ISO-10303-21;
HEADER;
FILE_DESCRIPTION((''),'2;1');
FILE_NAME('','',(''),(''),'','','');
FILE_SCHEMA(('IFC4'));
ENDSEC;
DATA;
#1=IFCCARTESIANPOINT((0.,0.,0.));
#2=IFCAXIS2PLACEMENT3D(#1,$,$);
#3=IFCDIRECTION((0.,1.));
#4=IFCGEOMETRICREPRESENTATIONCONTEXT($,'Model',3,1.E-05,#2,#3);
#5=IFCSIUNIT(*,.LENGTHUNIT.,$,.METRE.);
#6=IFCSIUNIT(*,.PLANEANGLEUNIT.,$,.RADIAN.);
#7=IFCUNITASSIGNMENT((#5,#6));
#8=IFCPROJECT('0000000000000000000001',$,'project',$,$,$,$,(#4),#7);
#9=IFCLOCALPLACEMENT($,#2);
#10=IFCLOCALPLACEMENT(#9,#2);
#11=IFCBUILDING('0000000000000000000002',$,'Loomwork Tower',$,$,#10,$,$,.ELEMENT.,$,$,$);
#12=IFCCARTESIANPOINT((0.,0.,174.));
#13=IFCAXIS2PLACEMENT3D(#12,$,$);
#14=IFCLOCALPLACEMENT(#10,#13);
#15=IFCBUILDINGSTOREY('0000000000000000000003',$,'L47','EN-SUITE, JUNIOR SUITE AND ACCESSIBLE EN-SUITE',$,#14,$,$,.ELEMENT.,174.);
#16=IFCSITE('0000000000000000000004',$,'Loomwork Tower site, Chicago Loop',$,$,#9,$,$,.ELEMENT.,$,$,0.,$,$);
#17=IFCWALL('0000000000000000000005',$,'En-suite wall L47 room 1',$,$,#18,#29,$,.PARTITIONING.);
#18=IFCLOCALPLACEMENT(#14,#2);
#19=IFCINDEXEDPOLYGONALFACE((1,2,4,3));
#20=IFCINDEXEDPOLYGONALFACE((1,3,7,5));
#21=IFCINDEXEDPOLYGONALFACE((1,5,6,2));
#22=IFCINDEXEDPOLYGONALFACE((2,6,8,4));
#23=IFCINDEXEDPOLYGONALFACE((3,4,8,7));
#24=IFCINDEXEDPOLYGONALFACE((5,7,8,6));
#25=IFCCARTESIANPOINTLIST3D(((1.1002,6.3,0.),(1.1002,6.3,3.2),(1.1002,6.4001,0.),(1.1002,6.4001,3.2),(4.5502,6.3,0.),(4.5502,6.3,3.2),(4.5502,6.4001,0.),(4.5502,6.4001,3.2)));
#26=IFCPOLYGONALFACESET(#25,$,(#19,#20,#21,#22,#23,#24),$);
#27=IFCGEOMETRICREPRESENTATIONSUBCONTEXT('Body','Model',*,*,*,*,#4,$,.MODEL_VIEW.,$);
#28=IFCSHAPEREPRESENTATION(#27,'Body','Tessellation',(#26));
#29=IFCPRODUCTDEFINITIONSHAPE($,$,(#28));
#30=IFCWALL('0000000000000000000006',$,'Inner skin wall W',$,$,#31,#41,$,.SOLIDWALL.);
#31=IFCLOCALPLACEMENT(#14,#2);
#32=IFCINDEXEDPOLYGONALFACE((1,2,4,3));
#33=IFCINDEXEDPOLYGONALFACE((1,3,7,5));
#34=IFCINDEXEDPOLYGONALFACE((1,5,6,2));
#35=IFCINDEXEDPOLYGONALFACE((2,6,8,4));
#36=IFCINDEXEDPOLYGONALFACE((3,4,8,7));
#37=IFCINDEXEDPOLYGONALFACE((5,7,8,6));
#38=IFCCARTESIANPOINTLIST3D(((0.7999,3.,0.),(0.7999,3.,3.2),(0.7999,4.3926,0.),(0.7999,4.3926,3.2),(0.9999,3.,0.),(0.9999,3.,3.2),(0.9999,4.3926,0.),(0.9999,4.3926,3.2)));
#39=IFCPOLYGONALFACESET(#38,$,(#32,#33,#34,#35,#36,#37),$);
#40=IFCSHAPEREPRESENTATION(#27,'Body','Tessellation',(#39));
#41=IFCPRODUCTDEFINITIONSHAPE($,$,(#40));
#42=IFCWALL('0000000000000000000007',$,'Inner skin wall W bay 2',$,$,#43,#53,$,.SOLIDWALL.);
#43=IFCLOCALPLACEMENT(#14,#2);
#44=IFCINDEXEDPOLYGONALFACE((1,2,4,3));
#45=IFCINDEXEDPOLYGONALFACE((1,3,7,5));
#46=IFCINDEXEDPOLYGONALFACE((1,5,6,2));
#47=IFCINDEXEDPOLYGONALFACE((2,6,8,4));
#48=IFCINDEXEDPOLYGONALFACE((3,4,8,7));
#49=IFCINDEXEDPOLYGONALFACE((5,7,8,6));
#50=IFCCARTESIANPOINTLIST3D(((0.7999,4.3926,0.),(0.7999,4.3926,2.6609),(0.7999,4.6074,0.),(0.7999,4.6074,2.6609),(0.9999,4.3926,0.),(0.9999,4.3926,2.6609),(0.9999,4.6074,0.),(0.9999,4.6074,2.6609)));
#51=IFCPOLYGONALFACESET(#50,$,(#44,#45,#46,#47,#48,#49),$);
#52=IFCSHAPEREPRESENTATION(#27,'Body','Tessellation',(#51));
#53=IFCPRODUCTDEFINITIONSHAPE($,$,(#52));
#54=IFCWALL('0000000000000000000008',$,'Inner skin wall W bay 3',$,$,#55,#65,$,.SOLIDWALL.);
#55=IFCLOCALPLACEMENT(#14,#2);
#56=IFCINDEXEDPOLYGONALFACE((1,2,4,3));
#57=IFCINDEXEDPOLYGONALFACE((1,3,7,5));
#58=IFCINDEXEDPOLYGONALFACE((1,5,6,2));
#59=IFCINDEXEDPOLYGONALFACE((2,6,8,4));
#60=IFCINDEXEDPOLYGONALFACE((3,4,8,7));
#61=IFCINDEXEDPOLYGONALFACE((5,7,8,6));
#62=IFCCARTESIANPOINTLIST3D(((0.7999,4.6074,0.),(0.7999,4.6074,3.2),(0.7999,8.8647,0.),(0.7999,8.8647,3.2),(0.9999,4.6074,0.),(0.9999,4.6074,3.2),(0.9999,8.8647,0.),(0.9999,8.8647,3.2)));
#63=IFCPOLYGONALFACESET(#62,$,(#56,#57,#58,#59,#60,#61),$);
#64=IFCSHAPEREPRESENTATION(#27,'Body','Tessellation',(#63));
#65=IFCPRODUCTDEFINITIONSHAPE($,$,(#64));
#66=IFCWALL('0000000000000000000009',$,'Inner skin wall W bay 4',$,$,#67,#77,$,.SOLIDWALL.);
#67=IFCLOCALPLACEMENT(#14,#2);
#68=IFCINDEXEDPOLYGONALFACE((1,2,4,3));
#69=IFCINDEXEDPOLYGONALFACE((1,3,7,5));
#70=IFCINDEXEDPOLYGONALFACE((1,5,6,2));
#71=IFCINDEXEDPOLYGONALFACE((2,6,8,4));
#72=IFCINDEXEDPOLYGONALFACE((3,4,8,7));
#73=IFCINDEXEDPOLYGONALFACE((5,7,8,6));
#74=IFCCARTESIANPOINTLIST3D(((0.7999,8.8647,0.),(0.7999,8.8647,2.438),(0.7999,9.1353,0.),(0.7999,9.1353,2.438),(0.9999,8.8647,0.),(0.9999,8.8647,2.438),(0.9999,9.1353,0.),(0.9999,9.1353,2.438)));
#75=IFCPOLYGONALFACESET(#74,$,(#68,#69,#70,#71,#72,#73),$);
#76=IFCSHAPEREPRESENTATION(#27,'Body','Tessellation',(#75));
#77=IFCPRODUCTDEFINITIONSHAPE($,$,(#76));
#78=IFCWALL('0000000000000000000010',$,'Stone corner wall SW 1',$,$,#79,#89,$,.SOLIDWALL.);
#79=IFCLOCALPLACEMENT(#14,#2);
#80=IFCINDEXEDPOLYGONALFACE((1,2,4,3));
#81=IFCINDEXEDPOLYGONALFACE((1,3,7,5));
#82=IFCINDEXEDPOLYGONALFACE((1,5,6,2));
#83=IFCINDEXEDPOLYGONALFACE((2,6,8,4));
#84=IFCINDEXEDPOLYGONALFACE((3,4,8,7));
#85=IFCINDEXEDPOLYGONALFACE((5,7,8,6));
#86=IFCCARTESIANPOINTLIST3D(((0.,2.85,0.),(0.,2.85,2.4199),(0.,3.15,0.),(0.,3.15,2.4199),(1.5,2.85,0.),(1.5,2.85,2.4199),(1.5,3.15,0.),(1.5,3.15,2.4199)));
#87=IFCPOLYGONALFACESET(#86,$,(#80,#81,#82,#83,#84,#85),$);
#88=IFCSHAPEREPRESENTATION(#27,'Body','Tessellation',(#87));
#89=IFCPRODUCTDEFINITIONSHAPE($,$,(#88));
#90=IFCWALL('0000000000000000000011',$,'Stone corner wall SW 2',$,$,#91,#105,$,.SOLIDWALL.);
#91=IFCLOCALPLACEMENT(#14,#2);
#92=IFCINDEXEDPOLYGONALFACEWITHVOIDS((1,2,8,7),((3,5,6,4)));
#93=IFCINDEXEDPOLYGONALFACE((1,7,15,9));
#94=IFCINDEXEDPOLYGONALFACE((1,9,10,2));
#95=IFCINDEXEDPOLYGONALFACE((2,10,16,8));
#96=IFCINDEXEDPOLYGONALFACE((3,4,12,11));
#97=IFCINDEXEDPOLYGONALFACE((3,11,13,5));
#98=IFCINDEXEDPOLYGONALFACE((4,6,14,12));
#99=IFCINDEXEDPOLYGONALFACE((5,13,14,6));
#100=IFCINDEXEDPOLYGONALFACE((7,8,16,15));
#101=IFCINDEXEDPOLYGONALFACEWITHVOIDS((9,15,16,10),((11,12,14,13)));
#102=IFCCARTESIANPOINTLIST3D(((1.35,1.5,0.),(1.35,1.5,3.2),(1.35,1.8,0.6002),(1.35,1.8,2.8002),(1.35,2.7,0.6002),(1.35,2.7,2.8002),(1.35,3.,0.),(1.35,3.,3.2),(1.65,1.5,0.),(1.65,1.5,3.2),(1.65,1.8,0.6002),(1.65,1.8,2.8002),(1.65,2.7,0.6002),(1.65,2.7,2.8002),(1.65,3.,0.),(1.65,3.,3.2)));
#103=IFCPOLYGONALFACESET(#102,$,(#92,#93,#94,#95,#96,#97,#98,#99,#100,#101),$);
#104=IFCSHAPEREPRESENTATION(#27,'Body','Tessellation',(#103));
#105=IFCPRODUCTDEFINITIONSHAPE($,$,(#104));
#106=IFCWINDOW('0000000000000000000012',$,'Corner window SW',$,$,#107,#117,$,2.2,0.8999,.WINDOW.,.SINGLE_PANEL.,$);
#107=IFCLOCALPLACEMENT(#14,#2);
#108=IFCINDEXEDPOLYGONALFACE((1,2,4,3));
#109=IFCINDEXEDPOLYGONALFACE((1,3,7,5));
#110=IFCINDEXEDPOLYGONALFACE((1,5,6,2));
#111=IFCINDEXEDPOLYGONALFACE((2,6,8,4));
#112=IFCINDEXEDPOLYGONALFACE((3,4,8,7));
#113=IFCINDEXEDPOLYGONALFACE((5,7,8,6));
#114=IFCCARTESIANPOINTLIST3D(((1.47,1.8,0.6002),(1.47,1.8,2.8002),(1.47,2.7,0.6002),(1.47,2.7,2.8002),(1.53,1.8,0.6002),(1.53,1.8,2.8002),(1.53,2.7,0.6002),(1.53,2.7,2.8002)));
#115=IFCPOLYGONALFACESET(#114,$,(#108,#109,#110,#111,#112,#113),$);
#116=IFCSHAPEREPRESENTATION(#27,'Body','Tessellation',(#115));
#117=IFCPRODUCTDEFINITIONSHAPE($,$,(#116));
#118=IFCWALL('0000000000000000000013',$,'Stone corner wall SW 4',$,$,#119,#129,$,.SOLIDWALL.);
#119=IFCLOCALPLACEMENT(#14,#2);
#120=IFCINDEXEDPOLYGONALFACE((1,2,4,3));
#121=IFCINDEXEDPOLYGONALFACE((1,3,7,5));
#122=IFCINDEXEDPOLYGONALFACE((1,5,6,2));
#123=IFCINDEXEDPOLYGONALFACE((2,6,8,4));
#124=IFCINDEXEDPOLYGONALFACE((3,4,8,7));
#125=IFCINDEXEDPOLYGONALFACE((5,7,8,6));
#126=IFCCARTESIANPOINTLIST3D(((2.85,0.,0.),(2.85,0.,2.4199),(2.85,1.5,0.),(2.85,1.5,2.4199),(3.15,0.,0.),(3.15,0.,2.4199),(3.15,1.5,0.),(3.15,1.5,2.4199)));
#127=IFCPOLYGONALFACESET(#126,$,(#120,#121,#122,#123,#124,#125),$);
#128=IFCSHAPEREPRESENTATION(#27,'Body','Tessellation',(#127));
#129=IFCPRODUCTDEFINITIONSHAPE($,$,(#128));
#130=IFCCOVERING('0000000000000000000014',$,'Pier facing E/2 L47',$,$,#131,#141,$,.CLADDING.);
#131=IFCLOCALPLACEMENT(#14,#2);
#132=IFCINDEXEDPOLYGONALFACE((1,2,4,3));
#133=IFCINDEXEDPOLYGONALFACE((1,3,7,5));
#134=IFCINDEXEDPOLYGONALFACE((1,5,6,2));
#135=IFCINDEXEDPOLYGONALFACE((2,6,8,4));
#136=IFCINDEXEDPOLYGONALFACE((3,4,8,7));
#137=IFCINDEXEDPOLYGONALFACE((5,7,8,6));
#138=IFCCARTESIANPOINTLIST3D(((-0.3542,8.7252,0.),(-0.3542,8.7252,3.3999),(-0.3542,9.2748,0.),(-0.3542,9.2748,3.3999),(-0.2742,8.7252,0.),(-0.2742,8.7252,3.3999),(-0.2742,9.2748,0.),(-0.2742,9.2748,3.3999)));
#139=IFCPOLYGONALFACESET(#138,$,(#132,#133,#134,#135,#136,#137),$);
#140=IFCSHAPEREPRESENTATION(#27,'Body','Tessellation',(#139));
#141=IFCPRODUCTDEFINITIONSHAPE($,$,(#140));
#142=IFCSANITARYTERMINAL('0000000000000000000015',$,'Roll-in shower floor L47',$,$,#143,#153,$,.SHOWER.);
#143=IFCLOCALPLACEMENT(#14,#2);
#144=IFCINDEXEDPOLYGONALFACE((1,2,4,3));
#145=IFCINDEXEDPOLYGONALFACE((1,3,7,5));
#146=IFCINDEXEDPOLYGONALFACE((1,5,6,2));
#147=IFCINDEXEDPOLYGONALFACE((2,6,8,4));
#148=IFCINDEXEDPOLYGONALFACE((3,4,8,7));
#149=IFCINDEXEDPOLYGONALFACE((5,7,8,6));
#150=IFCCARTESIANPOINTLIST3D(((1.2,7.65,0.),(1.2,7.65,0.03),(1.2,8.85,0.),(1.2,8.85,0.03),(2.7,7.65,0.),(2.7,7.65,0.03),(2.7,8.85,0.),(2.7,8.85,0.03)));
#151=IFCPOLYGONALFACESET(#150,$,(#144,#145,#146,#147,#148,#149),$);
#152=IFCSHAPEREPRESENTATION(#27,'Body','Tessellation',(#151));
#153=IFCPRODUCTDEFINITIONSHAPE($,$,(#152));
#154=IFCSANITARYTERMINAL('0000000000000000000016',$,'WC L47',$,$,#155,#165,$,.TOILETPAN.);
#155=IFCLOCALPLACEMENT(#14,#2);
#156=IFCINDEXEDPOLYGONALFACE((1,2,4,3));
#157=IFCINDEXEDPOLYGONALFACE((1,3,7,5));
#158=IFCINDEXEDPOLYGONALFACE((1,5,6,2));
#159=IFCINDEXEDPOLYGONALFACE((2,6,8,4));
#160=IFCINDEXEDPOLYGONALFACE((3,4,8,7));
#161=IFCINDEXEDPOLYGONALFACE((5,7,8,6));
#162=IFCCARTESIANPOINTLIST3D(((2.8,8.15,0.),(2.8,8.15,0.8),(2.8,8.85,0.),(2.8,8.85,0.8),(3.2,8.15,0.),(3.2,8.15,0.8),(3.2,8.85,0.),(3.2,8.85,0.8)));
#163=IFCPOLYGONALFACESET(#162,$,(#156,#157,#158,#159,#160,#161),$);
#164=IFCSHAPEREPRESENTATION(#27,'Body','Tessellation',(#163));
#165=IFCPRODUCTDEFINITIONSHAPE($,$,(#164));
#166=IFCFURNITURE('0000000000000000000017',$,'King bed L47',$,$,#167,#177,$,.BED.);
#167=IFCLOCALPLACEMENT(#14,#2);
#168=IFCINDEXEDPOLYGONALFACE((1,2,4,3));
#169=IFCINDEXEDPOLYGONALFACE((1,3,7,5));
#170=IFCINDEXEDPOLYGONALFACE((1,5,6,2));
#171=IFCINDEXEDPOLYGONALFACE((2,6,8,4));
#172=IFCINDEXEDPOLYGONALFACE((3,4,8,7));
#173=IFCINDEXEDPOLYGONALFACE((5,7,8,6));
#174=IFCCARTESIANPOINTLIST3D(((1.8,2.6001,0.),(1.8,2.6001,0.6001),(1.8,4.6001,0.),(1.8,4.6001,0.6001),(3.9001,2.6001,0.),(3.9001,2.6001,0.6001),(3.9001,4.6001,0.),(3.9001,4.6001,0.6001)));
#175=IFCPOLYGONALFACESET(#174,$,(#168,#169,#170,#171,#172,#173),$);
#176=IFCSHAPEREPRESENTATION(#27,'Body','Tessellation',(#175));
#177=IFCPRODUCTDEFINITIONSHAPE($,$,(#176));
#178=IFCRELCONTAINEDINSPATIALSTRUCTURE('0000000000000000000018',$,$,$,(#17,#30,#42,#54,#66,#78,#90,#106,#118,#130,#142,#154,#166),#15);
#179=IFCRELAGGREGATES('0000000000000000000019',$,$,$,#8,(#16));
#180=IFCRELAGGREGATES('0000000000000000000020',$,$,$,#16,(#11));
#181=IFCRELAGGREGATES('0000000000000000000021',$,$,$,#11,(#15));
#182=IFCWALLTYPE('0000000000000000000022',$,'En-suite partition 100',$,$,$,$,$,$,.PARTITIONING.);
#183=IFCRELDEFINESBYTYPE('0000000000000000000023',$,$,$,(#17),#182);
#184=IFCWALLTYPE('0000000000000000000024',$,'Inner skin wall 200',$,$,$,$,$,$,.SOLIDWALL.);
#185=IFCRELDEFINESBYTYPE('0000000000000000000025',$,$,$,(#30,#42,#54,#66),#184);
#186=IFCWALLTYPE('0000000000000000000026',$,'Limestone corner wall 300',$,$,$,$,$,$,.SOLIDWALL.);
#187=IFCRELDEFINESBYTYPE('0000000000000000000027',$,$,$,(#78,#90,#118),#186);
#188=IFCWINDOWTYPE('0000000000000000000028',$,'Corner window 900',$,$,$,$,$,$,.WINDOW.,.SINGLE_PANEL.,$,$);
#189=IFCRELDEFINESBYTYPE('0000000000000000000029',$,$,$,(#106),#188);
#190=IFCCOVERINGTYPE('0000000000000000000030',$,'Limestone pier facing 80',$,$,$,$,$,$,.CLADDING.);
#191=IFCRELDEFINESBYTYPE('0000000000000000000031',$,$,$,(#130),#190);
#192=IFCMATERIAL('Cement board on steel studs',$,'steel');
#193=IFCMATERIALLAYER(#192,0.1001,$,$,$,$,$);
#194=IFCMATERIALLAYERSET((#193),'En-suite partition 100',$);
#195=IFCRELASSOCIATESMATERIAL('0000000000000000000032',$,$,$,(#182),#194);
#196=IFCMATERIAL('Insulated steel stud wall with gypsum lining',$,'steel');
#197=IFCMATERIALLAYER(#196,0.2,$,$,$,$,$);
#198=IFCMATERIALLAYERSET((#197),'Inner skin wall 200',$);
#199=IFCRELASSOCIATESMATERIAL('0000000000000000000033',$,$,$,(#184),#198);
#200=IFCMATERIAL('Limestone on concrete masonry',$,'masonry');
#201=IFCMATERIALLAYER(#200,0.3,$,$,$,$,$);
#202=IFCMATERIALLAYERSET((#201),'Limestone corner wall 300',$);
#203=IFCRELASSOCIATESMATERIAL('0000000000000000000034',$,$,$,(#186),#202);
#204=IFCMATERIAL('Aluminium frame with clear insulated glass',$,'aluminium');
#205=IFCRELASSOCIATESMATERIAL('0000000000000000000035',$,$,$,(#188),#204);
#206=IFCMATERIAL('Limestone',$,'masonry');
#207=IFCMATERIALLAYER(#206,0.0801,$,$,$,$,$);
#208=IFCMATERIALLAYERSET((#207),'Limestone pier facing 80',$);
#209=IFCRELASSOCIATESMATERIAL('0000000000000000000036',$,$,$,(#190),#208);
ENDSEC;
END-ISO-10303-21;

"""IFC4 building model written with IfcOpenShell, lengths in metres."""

from ifc_helpers import new_model, si_unit, direction, frame, frame_2d, origin, origin_2d, place, context, subcontext, project, spatial, rectangle, extrude, material, layer, layer_set, type_object, element, fill, save


model = new_model("IFC4")

# Units and contexts
model_context = context("Model", 3, precision=1e-05, world=origin(), true_north=direction((0.0, 1.0)))
body_context = subcontext(model_context, "Body", "Model", "MODEL_VIEW")
ifc_project = project(units=[si_unit("LENGTHUNIT", "METRE"), si_unit("PLANEANGLEUNIT", "RADIAN")], contexts=[model_context])

# Site, building, storey
site_placement = place(None, origin())
site = spatial("IfcSite", under=ifc_project, at=site_placement, Name="Loomwork Tower site, Chicago Loop", CompositionType="ELEMENT", RefElevation=0.0)
building_placement = place(site_placement, origin())
building = spatial("IfcBuilding", under=site, at=building_placement, Name="Loomwork Tower", CompositionType="ELEMENT")
storey_placement = place(building_placement, frame((0.0, 0.0, 174.0)))
storey = spatial("IfcBuildingStorey", under=building, at=storey_placement, Name="L47", Description="EN-SUITE, JUNIOR SUITE AND ACCESSIBLE EN-SUITE", CompositionType="ELEMENT", Elevation=174.0)

# Walls
ifc_material_1 = material(Name="Cement board on steel studs", Category="steel")
ifc_layer_1 = layer(ifc_material_1, 0.1001)
ifc_layer_set_1 = layer_set([ifc_layer_1], Name="En-suite partition 100")
wall_type_1 = type_object("IfcWallType", Name="En-suite partition 100", PredefinedType="PARTITIONING", material=ifc_layer_set_1)
wall_1_placement = place(storey_placement, frame((1.1001, 6.3501, 0.0), z_axis=(0.0, 0.0, 1.0), x_axis=(1.0, 0.0, 0.0)))
element("IfcWall", 1, at=wall_1_placement, inside=storey, type_object=wall_type_1, Name="En-suite wall L47 room 1", PredefinedType="PARTITIONING", context=body_context, shape_type="SweptSolid", body=[
    extrude(rectangle(XDim=3.45, YDim=0.1001, at=frame_2d((1.7251, 0.0))), origin(), (0.0, 0.0, 1.0), 3.2),
])
ifc_material_2 = material(Name="Insulated steel stud wall with gypsum lining", Category="steel")
ifc_layer_2 = layer(ifc_material_2, 0.2)
ifc_layer_set_2 = layer_set([ifc_layer_2], Name="Inner skin wall 200")
wall_type_2 = type_object("IfcWallType", Name="Inner skin wall 200", PredefinedType="SOLIDWALL", material=ifc_layer_set_2)
wall_2_placement = place(storey_placement, frame((0.8999, 3.0, 0.0), z_axis=(0.0, 0.0, 1.0), x_axis=(0.0, 1.0, 0.0)))
element("IfcWall", 2, at=wall_2_placement, inside=storey, type_object=wall_type_2, Name="Inner skin wall W", PredefinedType="SOLIDWALL", context=body_context, shape_type="SweptSolid", body=[
    extrude(rectangle(XDim=1.3926, YDim=0.2, at=frame_2d((0.6963, 0.0))), origin(), (0.0, 0.0, 1.0), 3.2),
])
wall_3_placement = place(storey_placement, frame((0.8999, 4.3926, 0.0), z_axis=(0.0, 0.0, 1.0), x_axis=(0.0, 1.0, 0.0)))
element("IfcWall", 3, at=wall_3_placement, inside=storey, type_object=wall_type_2, Name="Inner skin wall W bay 2", PredefinedType="SOLIDWALL", context=body_context, shape_type="SweptSolid", body=[
    extrude(rectangle(XDim=0.2148, YDim=0.2, at=frame_2d((0.1074, 0.0))), origin(), (0.0, 0.0, 1.0), 2.6609),
])
wall_4_placement = place(storey_placement, frame((0.8999, 4.6074, 0.0), z_axis=(0.0, 0.0, 1.0), x_axis=(0.0, 1.0, 0.0)))
element("IfcWall", 4, at=wall_4_placement, inside=storey, type_object=wall_type_2, Name="Inner skin wall W bay 3", PredefinedType="SOLIDWALL", context=body_context, shape_type="SweptSolid", body=[
    extrude(rectangle(XDim=4.2573, YDim=0.2, at=frame_2d((2.1287, 0.0))), origin(), (0.0, 0.0, 1.0), 3.2),
])
wall_5_placement = place(storey_placement, frame((0.8999, 8.8647, 0.0), z_axis=(0.0, 0.0, 1.0), x_axis=(0.0, 1.0, 0.0)))
element("IfcWall", 5, at=wall_5_placement, inside=storey, type_object=wall_type_2, Name="Inner skin wall W bay 4", PredefinedType="SOLIDWALL", context=body_context, shape_type="SweptSolid", body=[
    extrude(rectangle(XDim=0.2705, YDim=0.2, at=frame_2d((0.1353, 0.0))), origin(), (0.0, 0.0, 1.0), 2.438),
])
ifc_material_3 = material(Name="Limestone on concrete masonry", Category="masonry")
ifc_layer_3 = layer(ifc_material_3, 0.3)
ifc_layer_set_3 = layer_set([ifc_layer_3], Name="Limestone corner wall 300")
wall_type_3 = type_object("IfcWallType", Name="Limestone corner wall 300", PredefinedType="SOLIDWALL", material=ifc_layer_set_3)
wall_6_placement = place(storey_placement, frame((0.0, 3.0, 0.0), z_axis=(0.0, 0.0, 1.0), x_axis=(1.0, 0.0, 0.0)))
element("IfcWall", 6, at=wall_6_placement, inside=storey, type_object=wall_type_3, Name="Stone corner wall SW 1", PredefinedType="SOLIDWALL", context=body_context, shape_type="SweptSolid", body=[
    extrude(rectangle(XDim=1.5, YDim=0.3, at=frame_2d((0.75, 0.0))), origin(), (0.0, 0.0, 1.0), 2.4199),
])

# Wall, opening, window
wall_7_placement = place(storey_placement, frame((1.5, 3.0, 0.0), z_axis=(0.0, 0.0, 1.0), x_axis=(0.0, -1.0, 0.0)))
wall_7 = element("IfcWall", 7, at=wall_7_placement, inside=storey, type_object=wall_type_3, Name="Stone corner wall SW 2", PredefinedType="SOLIDWALL", context=body_context, shape_type="SweptSolid", body=[
    extrude(rectangle(XDim=1.5, YDim=0.3, at=frame_2d((0.75, 0.0))), origin(), (0.0, 0.0, 1.0), 3.2),
])
opening_placement = place(wall_7_placement, frame((0.3, 0.0, 0.6001)))
opening = element("IfcOpeningElement", 8, at=opening_placement, cuts=wall_7, PredefinedType="OPENING", context=body_context, shape_type="SweptSolid", body=[
    extrude(rectangle(XDim=0.8999, YDim=2.2, at=frame_2d((0.45, 1.1001))), frame((0.0, 0.1599, 0.0), z_axis=(0.0, -1.0, 0.0), x_axis=(1.0, 0.0, 0.0)), (0.0, 0.0, 1.0), 0.3201),
])
ifc_material_4 = material(Name="Aluminium frame with clear insulated glass", Category="aluminium")
window_type = type_object("IfcWindowType", Name="Corner window 900", PartitioningType="SINGLE_PANEL", PredefinedType="WINDOW", material=ifc_material_4)
window_placement = place(opening_placement, origin())
window = element("IfcWindow", 9, at=window_placement, inside=storey, type_object=window_type, Name="Corner window SW", OverallHeight=2.2, OverallWidth=0.8999, PartitioningType="SINGLE_PANEL", PredefinedType="WINDOW", context=body_context, shape_type="SweptSolid", body=[
    extrude(rectangle(XDim=0.8999, YDim=2.2, at=frame_2d((0.45, 1.1001))), frame((0.0, 0.03, 0.0), z_axis=(0.0, -1.0, 0.0), x_axis=(1.0, 0.0, 0.0)), (0.0, 0.0, 1.0), 0.0601),
])
fill(opening, window)

# Wall
wall_8_placement = place(storey_placement, frame((3.0, 1.5, 0.0), z_axis=(0.0, 0.0, 1.0), x_axis=(0.0, -1.0, 0.0)))
element("IfcWall", 10, at=wall_8_placement, inside=storey, type_object=wall_type_3, Name="Stone corner wall SW 4", PredefinedType="SOLIDWALL", context=body_context, shape_type="SweptSolid", body=[
    extrude(rectangle(XDim=1.5, YDim=0.3, at=frame_2d((0.75, 0.0))), origin(), (0.0, 0.0, 1.0), 2.4199),
])

# Covering
ifc_material_5 = material(Name="Limestone", Category="masonry")
ifc_layer_4 = layer(ifc_material_5, 0.0801)
ifc_layer_set_4 = layer_set([ifc_layer_4], Name="Limestone pier facing 80")
covering_type = type_object("IfcCoveringType", Name="Limestone pier facing 80", PredefinedType="CLADDING", material=ifc_layer_set_4)
covering_placement = place(storey_placement, frame((-0.3142, 9.0, 0.0), z_axis=(0.0, 0.0, 1.0), x_axis=(1.0, 0.0, 0.0)))
element("IfcCovering", 11, at=covering_placement, inside=storey, type_object=covering_type, Name="Pier facing E/2 L47", PredefinedType="CLADDING", context=body_context, shape_type="SweptSolid", body=[
    extrude(rectangle(XDim=0.0801, YDim=0.5496, at=origin_2d()), origin(), (0.0, 0.0, 1.0), 3.3999),
])

# Sanitary terminals
sanitary_terminal_1_placement = place(storey_placement, frame((1.95, 8.25, 0.0), z_axis=(0.0, 0.0, 1.0), x_axis=(1.0, 0.0, 0.0)))
element("IfcSanitaryTerminal", 12, at=sanitary_terminal_1_placement, inside=storey, Name="Roll-in shower floor L47", PredefinedType="SHOWER", context=body_context, shape_type="SweptSolid", body=[
    extrude(rectangle(XDim=1.5, YDim=1.2, at=origin_2d()), origin(), (0.0, 0.0, 1.0), 0.03),
])
sanitary_terminal_2_placement = place(storey_placement, frame((3.0, 8.5, 0.0), z_axis=(0.0, 0.0, 1.0), x_axis=(1.0, 0.0, 0.0)))
element("IfcSanitaryTerminal", 13, at=sanitary_terminal_2_placement, inside=storey, Name="WC L47", PredefinedType="TOILETPAN", context=body_context, shape_type="SweptSolid", body=[
    extrude(rectangle(XDim=0.3999, YDim=0.7, at=origin_2d()), origin(), (0.0, 0.0, 1.0), 0.8),
])

# Furniture
furniture_placement = place(storey_placement, frame((2.8501, 3.6001, 0.0), z_axis=(0.0, 0.0, 1.0), x_axis=(1.0, 0.0, 0.0)))
element("IfcFurniture", 14, at=furniture_placement, inside=storey, Name="King bed L47", PredefinedType="BED", context=body_context, shape_type="SweptSolid", body=[
    extrude(rectangle(XDim=2.1001, YDim=2.0, at=origin_2d()), origin(), (0.0, 0.0, 1.0), 0.6001),
])

save(model, "model.ifc")
